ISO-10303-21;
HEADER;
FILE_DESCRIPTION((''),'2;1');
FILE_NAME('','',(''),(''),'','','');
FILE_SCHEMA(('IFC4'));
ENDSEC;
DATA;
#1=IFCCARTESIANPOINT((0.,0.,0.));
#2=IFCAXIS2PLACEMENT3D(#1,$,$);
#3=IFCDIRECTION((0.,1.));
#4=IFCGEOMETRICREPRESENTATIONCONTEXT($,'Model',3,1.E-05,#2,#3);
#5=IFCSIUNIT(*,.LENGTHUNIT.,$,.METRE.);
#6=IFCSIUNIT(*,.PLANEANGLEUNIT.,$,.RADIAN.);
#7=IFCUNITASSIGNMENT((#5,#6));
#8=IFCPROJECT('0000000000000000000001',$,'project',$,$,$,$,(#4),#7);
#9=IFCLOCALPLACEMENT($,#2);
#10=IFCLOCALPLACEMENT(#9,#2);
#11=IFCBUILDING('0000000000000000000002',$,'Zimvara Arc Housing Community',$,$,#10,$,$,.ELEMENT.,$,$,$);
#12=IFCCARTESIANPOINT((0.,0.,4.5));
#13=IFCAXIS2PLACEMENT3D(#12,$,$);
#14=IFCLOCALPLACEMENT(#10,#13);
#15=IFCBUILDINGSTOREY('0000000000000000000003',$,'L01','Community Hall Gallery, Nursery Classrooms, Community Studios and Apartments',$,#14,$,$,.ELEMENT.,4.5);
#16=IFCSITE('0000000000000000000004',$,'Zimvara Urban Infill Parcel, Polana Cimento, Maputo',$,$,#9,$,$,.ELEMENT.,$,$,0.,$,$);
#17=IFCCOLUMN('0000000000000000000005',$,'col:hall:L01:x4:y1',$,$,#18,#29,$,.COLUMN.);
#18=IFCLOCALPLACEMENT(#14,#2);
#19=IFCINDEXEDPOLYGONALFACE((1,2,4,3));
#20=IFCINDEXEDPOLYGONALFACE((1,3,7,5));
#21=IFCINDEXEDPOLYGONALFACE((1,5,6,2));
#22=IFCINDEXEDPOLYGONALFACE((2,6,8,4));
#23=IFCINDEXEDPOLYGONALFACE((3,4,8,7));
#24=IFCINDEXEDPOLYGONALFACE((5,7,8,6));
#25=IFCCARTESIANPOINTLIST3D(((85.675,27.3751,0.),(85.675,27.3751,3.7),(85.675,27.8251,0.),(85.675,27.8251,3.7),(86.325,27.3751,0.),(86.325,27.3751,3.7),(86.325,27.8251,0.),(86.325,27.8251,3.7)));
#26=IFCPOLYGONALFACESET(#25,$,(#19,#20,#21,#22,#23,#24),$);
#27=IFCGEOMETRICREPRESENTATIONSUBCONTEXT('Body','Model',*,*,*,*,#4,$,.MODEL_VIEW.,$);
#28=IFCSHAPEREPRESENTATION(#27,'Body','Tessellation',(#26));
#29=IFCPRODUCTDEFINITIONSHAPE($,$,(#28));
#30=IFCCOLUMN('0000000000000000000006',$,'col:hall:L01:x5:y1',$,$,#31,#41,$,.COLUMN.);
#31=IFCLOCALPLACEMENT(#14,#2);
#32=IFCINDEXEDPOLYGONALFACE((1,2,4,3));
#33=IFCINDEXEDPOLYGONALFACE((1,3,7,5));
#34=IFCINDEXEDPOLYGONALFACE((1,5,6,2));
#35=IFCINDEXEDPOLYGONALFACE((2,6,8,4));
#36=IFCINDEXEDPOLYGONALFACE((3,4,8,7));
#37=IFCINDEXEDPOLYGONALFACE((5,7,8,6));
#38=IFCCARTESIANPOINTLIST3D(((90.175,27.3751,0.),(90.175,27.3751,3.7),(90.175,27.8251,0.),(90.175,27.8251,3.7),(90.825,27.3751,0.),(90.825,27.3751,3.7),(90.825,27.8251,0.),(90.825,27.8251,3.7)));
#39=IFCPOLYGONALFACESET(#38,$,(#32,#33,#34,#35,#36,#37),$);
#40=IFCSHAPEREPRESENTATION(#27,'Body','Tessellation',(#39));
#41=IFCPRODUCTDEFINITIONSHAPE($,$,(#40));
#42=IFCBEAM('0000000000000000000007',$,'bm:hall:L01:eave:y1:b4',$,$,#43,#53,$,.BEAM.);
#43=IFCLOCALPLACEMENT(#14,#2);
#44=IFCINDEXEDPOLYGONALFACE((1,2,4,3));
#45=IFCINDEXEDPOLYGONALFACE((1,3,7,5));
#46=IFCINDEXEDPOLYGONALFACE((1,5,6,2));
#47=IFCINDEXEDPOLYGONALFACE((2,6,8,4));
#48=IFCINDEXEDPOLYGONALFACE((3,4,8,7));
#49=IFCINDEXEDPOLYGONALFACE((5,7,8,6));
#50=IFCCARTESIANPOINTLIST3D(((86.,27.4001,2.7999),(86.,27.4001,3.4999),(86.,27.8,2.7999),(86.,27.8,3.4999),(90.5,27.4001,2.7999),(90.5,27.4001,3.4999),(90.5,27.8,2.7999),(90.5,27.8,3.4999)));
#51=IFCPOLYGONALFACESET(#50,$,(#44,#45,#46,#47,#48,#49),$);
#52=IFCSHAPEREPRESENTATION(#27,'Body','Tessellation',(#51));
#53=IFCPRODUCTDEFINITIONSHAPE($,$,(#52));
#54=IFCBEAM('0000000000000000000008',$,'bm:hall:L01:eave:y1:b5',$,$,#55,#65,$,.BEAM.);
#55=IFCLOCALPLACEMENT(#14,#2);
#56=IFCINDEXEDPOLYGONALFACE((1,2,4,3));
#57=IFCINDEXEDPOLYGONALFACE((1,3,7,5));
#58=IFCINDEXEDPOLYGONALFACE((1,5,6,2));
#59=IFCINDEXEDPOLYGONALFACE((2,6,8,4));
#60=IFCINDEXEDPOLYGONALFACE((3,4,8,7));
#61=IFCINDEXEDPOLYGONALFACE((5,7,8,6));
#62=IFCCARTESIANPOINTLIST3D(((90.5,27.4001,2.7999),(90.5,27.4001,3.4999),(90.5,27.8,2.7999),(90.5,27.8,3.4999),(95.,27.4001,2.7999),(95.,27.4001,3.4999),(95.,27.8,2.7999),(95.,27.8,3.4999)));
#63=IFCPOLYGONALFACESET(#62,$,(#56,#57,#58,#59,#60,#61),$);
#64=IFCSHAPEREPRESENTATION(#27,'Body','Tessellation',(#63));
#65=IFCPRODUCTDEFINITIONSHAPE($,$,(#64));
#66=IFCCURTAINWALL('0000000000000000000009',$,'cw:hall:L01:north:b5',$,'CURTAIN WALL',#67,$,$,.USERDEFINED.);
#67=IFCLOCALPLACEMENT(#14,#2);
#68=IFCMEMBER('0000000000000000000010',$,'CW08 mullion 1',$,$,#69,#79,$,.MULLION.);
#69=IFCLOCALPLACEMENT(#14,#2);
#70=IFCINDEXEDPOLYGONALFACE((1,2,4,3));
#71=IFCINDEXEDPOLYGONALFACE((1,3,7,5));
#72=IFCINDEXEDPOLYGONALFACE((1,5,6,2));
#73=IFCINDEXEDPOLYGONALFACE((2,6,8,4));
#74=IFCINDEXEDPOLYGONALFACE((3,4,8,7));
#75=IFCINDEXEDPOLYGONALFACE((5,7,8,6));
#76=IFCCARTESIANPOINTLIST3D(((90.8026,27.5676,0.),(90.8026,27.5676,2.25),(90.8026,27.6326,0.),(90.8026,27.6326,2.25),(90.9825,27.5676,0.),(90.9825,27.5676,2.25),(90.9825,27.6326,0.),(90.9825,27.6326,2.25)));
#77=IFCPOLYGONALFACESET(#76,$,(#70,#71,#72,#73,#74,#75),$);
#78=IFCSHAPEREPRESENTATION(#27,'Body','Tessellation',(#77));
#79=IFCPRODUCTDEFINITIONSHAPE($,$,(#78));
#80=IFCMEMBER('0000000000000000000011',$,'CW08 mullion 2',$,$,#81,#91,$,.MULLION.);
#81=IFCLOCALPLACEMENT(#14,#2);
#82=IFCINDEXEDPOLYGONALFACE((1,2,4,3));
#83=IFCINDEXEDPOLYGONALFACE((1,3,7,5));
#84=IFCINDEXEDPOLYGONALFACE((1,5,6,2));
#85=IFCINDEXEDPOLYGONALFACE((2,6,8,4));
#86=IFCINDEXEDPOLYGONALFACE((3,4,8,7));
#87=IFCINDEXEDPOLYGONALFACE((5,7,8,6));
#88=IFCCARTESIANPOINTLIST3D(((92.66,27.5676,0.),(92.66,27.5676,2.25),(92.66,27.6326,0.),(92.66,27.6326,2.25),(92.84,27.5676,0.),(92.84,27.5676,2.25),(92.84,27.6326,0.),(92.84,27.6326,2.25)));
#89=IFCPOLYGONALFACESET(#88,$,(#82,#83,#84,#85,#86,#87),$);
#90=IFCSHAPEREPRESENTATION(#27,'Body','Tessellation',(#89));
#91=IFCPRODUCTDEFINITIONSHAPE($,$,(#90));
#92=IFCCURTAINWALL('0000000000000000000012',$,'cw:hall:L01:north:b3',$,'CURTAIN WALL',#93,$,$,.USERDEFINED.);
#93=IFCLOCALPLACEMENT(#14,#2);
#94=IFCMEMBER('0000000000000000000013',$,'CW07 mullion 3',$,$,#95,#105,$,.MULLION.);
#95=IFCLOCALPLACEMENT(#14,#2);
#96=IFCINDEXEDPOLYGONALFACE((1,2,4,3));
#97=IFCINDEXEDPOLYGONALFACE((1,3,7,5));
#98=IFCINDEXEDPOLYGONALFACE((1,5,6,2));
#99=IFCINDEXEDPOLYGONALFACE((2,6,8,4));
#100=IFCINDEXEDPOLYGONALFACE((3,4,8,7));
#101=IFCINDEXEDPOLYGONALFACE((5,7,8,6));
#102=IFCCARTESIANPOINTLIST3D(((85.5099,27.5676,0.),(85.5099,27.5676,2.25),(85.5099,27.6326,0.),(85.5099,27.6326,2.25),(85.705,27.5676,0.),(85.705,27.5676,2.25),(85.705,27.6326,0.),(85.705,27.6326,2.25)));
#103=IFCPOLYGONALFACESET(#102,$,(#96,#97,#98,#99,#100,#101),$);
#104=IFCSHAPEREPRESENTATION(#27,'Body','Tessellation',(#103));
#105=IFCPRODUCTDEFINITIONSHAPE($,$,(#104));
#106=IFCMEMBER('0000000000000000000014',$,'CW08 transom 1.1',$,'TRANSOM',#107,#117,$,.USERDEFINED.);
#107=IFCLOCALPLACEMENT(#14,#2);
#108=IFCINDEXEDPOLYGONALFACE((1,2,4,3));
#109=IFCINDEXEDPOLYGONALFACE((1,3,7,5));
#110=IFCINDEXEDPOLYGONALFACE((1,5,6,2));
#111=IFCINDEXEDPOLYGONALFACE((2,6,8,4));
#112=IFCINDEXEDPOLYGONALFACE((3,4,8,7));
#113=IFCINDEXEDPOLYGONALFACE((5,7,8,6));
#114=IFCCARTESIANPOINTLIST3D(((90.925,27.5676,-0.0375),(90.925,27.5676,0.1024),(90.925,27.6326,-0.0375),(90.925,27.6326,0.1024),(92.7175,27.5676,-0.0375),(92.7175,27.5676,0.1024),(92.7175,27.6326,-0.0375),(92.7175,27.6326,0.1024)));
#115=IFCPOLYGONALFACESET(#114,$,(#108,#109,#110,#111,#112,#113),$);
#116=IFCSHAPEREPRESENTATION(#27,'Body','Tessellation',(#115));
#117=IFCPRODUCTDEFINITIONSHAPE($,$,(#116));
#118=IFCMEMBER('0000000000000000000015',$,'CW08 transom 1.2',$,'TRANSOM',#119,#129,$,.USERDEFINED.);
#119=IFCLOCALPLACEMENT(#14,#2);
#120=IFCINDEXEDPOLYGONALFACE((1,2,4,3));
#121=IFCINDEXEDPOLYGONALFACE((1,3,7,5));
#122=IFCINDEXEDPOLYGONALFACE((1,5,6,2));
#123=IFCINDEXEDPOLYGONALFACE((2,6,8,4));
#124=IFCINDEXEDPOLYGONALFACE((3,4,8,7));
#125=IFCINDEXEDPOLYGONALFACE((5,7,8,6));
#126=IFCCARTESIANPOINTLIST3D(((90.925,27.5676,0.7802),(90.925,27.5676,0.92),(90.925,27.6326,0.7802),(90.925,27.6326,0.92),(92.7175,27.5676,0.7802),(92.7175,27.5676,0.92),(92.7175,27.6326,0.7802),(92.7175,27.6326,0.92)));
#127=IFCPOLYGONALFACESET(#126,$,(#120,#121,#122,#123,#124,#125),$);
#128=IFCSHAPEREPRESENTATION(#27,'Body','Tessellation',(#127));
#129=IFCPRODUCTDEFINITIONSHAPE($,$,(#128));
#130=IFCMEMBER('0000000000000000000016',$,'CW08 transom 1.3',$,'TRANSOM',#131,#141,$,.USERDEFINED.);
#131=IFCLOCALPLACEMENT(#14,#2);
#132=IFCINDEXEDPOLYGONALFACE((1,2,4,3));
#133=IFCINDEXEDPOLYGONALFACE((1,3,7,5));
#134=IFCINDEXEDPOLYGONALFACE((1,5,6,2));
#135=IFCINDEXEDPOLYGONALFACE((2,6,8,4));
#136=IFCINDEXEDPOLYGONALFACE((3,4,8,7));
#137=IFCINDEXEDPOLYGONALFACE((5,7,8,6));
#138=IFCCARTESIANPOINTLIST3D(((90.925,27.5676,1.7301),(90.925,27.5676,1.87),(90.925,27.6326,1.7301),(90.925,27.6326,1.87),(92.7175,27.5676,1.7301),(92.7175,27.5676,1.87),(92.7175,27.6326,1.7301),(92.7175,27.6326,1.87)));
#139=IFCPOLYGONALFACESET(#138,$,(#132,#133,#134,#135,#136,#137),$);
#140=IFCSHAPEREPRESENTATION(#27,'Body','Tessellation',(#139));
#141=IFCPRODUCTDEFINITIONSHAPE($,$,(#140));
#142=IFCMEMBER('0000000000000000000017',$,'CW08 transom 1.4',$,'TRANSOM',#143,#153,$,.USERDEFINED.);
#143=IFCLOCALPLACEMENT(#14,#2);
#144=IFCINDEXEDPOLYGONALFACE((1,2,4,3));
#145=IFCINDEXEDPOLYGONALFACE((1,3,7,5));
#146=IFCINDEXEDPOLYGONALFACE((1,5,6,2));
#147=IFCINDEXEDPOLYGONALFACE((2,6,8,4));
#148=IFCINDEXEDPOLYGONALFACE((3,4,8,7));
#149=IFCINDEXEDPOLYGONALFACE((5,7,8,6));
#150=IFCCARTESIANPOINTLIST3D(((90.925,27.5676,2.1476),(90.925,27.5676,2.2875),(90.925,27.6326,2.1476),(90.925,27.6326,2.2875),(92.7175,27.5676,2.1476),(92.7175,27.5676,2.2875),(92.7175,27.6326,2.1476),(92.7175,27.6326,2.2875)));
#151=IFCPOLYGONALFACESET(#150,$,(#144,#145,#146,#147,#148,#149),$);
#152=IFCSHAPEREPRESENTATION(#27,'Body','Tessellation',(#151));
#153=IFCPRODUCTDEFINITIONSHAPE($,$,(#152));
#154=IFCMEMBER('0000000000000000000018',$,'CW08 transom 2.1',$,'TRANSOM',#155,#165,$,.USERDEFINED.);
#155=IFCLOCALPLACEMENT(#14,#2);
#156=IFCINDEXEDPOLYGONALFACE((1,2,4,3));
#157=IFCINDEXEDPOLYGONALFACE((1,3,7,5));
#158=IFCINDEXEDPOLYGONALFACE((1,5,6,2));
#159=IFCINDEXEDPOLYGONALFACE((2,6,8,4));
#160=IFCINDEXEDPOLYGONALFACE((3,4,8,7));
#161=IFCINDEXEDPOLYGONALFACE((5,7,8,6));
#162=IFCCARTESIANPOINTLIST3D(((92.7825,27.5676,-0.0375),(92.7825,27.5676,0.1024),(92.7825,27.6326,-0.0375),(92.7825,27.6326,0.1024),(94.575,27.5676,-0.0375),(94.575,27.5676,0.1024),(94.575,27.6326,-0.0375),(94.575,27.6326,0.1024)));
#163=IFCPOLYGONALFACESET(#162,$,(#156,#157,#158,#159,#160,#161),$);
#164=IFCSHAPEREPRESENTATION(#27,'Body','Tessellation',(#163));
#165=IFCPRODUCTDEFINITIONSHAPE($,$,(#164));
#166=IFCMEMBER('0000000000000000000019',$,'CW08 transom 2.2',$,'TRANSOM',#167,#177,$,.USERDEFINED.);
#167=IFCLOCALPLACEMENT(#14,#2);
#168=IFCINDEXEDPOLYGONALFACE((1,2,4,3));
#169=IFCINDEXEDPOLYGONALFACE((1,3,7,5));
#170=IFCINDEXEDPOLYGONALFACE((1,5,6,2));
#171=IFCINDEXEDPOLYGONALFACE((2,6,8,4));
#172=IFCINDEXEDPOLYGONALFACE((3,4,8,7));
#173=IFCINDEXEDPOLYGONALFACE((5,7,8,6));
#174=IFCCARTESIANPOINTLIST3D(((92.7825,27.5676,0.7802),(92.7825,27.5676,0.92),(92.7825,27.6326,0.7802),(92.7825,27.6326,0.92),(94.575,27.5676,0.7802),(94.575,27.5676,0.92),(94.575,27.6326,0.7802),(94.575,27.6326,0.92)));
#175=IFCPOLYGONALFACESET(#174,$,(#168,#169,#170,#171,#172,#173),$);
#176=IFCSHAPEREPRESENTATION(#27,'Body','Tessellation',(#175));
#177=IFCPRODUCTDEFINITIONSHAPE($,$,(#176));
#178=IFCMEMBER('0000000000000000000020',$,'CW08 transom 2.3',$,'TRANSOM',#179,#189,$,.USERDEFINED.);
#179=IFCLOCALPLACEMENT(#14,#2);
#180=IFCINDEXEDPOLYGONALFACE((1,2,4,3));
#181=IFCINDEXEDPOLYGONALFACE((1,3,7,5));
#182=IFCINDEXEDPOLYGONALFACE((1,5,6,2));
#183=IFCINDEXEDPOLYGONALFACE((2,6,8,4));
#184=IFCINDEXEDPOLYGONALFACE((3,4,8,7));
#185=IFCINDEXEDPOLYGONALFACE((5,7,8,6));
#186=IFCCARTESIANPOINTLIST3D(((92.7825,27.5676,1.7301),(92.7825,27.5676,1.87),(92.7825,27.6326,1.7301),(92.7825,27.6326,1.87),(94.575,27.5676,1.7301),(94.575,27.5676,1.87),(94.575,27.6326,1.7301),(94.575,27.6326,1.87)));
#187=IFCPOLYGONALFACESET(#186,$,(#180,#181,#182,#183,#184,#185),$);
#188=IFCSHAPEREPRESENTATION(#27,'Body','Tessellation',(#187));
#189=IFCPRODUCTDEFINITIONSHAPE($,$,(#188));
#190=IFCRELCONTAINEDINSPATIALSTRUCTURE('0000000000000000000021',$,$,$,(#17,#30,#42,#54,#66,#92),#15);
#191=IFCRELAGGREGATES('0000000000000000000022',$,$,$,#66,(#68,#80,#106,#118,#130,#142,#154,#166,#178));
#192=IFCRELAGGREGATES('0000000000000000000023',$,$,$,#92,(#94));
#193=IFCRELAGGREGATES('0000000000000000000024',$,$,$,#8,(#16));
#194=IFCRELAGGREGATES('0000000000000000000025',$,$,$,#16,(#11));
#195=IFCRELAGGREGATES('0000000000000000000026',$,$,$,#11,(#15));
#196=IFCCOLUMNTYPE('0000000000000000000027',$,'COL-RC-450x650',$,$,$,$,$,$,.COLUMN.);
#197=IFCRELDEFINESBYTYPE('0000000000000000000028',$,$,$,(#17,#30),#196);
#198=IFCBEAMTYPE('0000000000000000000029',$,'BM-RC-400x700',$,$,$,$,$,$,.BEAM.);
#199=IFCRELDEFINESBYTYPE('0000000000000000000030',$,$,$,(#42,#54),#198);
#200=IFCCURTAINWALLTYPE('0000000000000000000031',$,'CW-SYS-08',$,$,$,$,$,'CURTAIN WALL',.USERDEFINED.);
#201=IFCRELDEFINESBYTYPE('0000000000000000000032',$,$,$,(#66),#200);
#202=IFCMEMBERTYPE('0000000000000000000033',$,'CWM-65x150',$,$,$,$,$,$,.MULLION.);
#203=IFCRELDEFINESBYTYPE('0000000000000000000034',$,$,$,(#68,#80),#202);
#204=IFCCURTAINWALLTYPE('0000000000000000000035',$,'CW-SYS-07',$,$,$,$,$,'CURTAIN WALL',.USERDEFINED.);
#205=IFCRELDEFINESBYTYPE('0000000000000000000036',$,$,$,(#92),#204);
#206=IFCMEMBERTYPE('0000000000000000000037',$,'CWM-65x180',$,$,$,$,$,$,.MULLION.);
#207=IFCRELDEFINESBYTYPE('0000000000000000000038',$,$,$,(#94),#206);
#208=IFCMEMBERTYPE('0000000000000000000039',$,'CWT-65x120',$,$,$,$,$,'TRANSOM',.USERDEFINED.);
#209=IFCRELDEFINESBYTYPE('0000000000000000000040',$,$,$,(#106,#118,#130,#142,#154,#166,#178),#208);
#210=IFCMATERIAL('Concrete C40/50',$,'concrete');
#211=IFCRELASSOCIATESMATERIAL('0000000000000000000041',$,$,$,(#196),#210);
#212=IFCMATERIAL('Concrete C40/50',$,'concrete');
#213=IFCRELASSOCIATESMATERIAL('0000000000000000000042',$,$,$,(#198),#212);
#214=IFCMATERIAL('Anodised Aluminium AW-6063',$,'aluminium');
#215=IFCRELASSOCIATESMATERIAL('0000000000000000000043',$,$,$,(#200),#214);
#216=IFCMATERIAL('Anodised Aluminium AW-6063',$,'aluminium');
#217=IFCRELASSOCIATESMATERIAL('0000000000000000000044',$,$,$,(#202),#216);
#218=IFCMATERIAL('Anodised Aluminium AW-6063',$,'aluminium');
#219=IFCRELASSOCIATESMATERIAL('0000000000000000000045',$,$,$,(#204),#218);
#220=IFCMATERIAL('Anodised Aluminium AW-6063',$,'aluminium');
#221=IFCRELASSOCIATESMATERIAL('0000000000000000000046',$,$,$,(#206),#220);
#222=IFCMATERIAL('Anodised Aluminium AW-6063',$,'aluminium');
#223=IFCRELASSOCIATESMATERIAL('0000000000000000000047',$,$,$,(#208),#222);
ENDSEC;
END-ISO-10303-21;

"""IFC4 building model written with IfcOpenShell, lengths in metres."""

from ifc_helpers import new_model, si_unit, direction, frame, origin, origin_2d, place, context, subcontext, project, spatial, rectangle, extrude, material, material_profile, profile_set, type_object, element, aggregate, save


model = new_model("IFC4")

# Units and contexts
model_context = context("Model", 3, precision=1e-05, world=origin(), true_north=direction((0.0, 1.0)))
body_context = subcontext(model_context, "Body", "Model", "MODEL_VIEW")
ifc_project = project(units=[si_unit("LENGTHUNIT", "METRE"), si_unit("PLANEANGLEUNIT", "RADIAN")], contexts=[model_context])

# Site, building, storey
site_placement = place(None, origin())
site = spatial("IfcSite", under=ifc_project, at=site_placement, Name="Zimvara Urban Infill Parcel, Polana Cimento, Maputo", CompositionType="ELEMENT", RefElevation=0.0)
building_placement = place(site_placement, origin())
building = spatial("IfcBuilding", under=site, at=building_placement, Name="Zimvara Arc Housing Community", CompositionType="ELEMENT")
storey_placement = place(building_placement, frame((0.0, 0.0, 4.5)))
storey = spatial("IfcBuildingStorey", under=building, at=storey_placement, Name="L01", Description="Community Hall Gallery, Nursery Classrooms, Community Studios and Apartments", CompositionType="ELEMENT", Elevation=4.5)

# Columns
ifc_material_1 = material(Name="Concrete C40/50", Category="concrete")
ifc_material_profile_1 = material_profile(ifc_material_1, rectangle(XDim=0.45, YDim=0.6499, at=origin_2d()), Name="RC 450x650")
ifc_profile_set_1 = profile_set([ifc_material_profile_1], Name="Concrete C40/50")
column_type = type_object("IfcColumnType", Name="COL-RC-450x650", PredefinedType="COLUMN", material=ifc_profile_set_1)
for number, where, z_axis, x_axis, name in (
    (1, (86.0, 27.6001, 0.0), (0.0, 0.0, 1.0), (0.0, 1.0, 0.0), "col:hall:L01:x4:y1"),
    (2, (90.5, 27.6001, 0.0), (0.0, 0.0, 1.0), (0.0, 1.0, 0.0), "col:hall:L01:x5:y1"),
):
    element("IfcColumn", number, at=place(storey_placement, frame(where, z_axis=z_axis, x_axis=x_axis)), inside=storey, type_object=column_type, Name=name, PredefinedType="COLUMN", context=body_context, shape_type="SweptSolid", body=[
        extrude(rectangle(XDim=0.45, YDim=0.6499, at=origin_2d()), origin(), (0.0, 0.0, 1.0), 3.7),
    ])

# Beams
ifc_material_2 = material(Name="Concrete C40/50", Category="concrete")
ifc_material_profile_2 = material_profile(ifc_material_2, rectangle(XDim=0.3999, YDim=0.7, at=origin_2d()), Name="RC 400x700")
ifc_profile_set_2 = profile_set([ifc_material_profile_2], Name="Concrete C40/50")
beam_type = type_object("IfcBeamType", Name="BM-RC-400x700", PredefinedType="BEAM", material=ifc_profile_set_2)
for number, where, z_axis, x_axis, name in (
    (3, (86.0, 27.6001, 3.1499), (1.0, 0.0, 0.0), (0.0, 1.0, 0.0), "bm:hall:L01:eave:y1:b4"),
    (4, (90.5, 27.6001, 3.1499), (1.0, 0.0, 0.0), (0.0, 1.0, 0.0), "bm:hall:L01:eave:y1:b5"),
):
    element("IfcBeam", number, at=place(storey_placement, frame(where, z_axis=z_axis, x_axis=x_axis)), inside=storey, type_object=beam_type, Name=name, PredefinedType="BEAM", context=body_context, shape_type="SweptSolid", body=[
        extrude(rectangle(XDim=0.3999, YDim=0.7, at=origin_2d()), origin(), (0.0, 0.0, 1.0), 4.5),
    ])

# Curtain wall, members
ifc_material_3 = material(Name="Anodised Aluminium AW-6063", Category="aluminium")
curtain_wall_type_1 = type_object("IfcCurtainWallType", Name="CW-SYS-08", ElementType="CURTAIN WALL", PredefinedType="USERDEFINED", material=ifc_material_3)
curtain_wall_1_placement = place(storey_placement, origin())
curtain_wall_1 = element("IfcCurtainWall", 5, at=curtain_wall_1_placement, inside=storey, type_object=curtain_wall_type_1, Name="cw:hall:L01:north:b5", ObjectType="CURTAIN WALL", PredefinedType="USERDEFINED")
ifc_material_4 = material(Name="Anodised Aluminium AW-6063", Category="aluminium")
ifc_material_profile_3 = material_profile(ifc_material_4, rectangle(XDim=0.0649, YDim=0.1799, at=origin_2d()), Name="ALU 65x180")
ifc_profile_set_3 = profile_set([ifc_material_profile_3], Name="Anodised Aluminium AW-6063")
member_type_1 = type_object("IfcMemberType", Name="CWM-65x150", PredefinedType="MULLION", material=ifc_profile_set_3)
member_1_placement = place(storey_placement, frame((90.8926, 27.6001, 0.0), z_axis=(0.0, 0.0, 1.0), x_axis=(0.0, 1.0, 0.0)))
member_1 = element("IfcMember", 6, at=member_1_placement, type_object=member_type_1, Name="CW08 mullion 1", PredefinedType="MULLION", context=body_context, shape_type="SweptSolid", body=[
    extrude(rectangle(XDim=0.0649, YDim=0.1799, at=origin_2d()), origin(), (0.0, 0.0, 1.0), 2.25),
])
member_2_placement = place(storey_placement, frame((92.75, 27.6001, 0.0), z_axis=(0.0, 0.0, 1.0), x_axis=(0.0, 1.0, 0.0)))
member_2 = element("IfcMember", 7, at=member_2_placement, type_object=member_type_1, Name="CW08 mullion 2", PredefinedType="MULLION", context=body_context, shape_type="SweptSolid", body=[
    extrude(rectangle(XDim=0.0649, YDim=0.1799, at=origin_2d()), origin(), (0.0, 0.0, 1.0), 2.25),
])

# Curtain wall, member
ifc_material_5 = material(Name="Anodised Aluminium AW-6063", Category="aluminium")
curtain_wall_type_2 = type_object("IfcCurtainWallType", Name="CW-SYS-07", ElementType="CURTAIN WALL", PredefinedType="USERDEFINED", material=ifc_material_5)
curtain_wall_2_placement = place(storey_placement, origin())
curtain_wall_2 = element("IfcCurtainWall", 8, at=curtain_wall_2_placement, inside=storey, type_object=curtain_wall_type_2, Name="cw:hall:L01:north:b3", ObjectType="CURTAIN WALL", PredefinedType="USERDEFINED")
ifc_material_6 = material(Name="Anodised Aluminium AW-6063", Category="aluminium")
ifc_material_profile_4 = material_profile(ifc_material_6, rectangle(XDim=0.0649, YDim=0.1951, at=origin_2d()), Name="ALU 65x195")
ifc_profile_set_4 = profile_set([ifc_material_profile_4], Name="Anodised Aluminium AW-6063")
member_type_2 = type_object("IfcMemberType", Name="CWM-65x180", PredefinedType="MULLION", material=ifc_profile_set_4)
member_3_placement = place(storey_placement, frame((85.6074, 27.6001, 0.0), z_axis=(0.0, 0.0, 1.0), x_axis=(0.0, 1.0, 0.0)))
member_3 = element("IfcMember", 9, at=member_3_placement, type_object=member_type_2, Name="CW07 mullion 3", PredefinedType="MULLION", context=body_context, shape_type="SweptSolid", body=[
    extrude(rectangle(XDim=0.0649, YDim=0.1951, at=origin_2d()), origin(), (0.0, 0.0, 1.0), 2.25),
])

# Members
ifc_material_7 = material(Name="Anodised Aluminium AW-6063", Category="aluminium")
ifc_material_profile_5 = material_profile(ifc_material_7, rectangle(XDim=0.0649, YDim=0.1399, at=origin_2d()), Name="ALU 65x140")
ifc_profile_set_5 = profile_set([ifc_material_profile_5], Name="Anodised Aluminium AW-6063")
member_type_3 = type_object("IfcMemberType", Name="CWT-65x120", ElementType="TRANSOM", PredefinedType="USERDEFINED", material=ifc_profile_set_5)
member_4_placement = place(storey_placement, frame((90.925, 27.6001, 0.0325), z_axis=(1.0, 0.0, 0.0), x_axis=(0.0, 1.0, 0.0)))
member_4 = element("IfcMember", 10, at=member_4_placement, type_object=member_type_3, Name="CW08 transom 1.1", ObjectType="TRANSOM", PredefinedType="USERDEFINED", context=body_context, shape_type="SweptSolid", body=[
    extrude(rectangle(XDim=0.0649, YDim=0.1399, at=origin_2d()), origin(), (0.0, 0.0, 1.0), 1.7925),
])
member_5_placement = place(storey_placement, frame((90.925, 27.6001, 0.8501), z_axis=(1.0, 0.0, 0.0), x_axis=(0.0, 1.0, 0.0)))
member_5 = element("IfcMember", 11, at=member_5_placement, type_object=member_type_3, Name="CW08 transom 1.2", ObjectType="TRANSOM", PredefinedType="USERDEFINED", context=body_context, shape_type="SweptSolid", body=[
    extrude(rectangle(XDim=0.0649, YDim=0.1399, at=origin_2d()), origin(), (0.0, 0.0, 1.0), 1.7925),
])
member_6_placement = place(storey_placement, frame((90.925, 27.6001, 1.8), z_axis=(1.0, 0.0, 0.0), x_axis=(0.0, 1.0, 0.0)))
member_6 = element("IfcMember", 12, at=member_6_placement, type_object=member_type_3, Name="CW08 transom 1.3", ObjectType="TRANSOM", PredefinedType="USERDEFINED", context=body_context, shape_type="SweptSolid", body=[
    extrude(rectangle(XDim=0.0649, YDim=0.1399, at=origin_2d()), origin(), (0.0, 0.0, 1.0), 1.7925),
])
member_7_placement = place(storey_placement, frame((90.925, 27.6001, 2.2175), z_axis=(1.0, 0.0, 0.0), x_axis=(0.0, 1.0, 0.0)))
member_7 = element("IfcMember", 13, at=member_7_placement, type_object=member_type_3, Name="CW08 transom 1.4", ObjectType="TRANSOM", PredefinedType="USERDEFINED", context=body_context, shape_type="SweptSolid", body=[
    extrude(rectangle(XDim=0.0649, YDim=0.1399, at=origin_2d()), origin(), (0.0, 0.0, 1.0), 1.7925),
])
member_8_placement = place(storey_placement, frame((92.7825, 27.6001, 0.0325), z_axis=(1.0, 0.0, 0.0), x_axis=(0.0, 1.0, 0.0)))
member_8 = element("IfcMember", 14, at=member_8_placement, type_object=member_type_3, Name="CW08 transom 2.1", ObjectType="TRANSOM", PredefinedType="USERDEFINED", context=body_context, shape_type="SweptSolid", body=[
    extrude(rectangle(XDim=0.0649, YDim=0.1399, at=origin_2d()), origin(), (0.0, 0.0, 1.0), 1.7925),
])
member_9_placement = place(storey_placement, frame((92.7825, 27.6001, 0.8501), z_axis=(1.0, 0.0, 0.0), x_axis=(0.0, 1.0, 0.0)))
member_9 = element("IfcMember", 15, at=member_9_placement, type_object=member_type_3, Name="CW08 transom 2.2", ObjectType="TRANSOM", PredefinedType="USERDEFINED", context=body_context, shape_type="SweptSolid", body=[
    extrude(rectangle(XDim=0.0649, YDim=0.1399, at=origin_2d()), origin(), (0.0, 0.0, 1.0), 1.7925),
])
member_10_placement = place(storey_placement, frame((92.7825, 27.6001, 1.8), z_axis=(1.0, 0.0, 0.0), x_axis=(0.0, 1.0, 0.0)))
member_10 = element("IfcMember", 16, at=member_10_placement, type_object=member_type_3, Name="CW08 transom 2.3", ObjectType="TRANSOM", PredefinedType="USERDEFINED", context=body_context, shape_type="SweptSolid", body=[
    extrude(rectangle(XDim=0.0649, YDim=0.1399, at=origin_2d()), origin(), (0.0, 0.0, 1.0), 1.7925),
])

aggregate(curtain_wall_1, [member_1, member_2, member_4, member_5, member_6, member_7, member_8, member_9, member_10])
aggregate(curtain_wall_2, [member_3])

save(model, "model.ifc")
